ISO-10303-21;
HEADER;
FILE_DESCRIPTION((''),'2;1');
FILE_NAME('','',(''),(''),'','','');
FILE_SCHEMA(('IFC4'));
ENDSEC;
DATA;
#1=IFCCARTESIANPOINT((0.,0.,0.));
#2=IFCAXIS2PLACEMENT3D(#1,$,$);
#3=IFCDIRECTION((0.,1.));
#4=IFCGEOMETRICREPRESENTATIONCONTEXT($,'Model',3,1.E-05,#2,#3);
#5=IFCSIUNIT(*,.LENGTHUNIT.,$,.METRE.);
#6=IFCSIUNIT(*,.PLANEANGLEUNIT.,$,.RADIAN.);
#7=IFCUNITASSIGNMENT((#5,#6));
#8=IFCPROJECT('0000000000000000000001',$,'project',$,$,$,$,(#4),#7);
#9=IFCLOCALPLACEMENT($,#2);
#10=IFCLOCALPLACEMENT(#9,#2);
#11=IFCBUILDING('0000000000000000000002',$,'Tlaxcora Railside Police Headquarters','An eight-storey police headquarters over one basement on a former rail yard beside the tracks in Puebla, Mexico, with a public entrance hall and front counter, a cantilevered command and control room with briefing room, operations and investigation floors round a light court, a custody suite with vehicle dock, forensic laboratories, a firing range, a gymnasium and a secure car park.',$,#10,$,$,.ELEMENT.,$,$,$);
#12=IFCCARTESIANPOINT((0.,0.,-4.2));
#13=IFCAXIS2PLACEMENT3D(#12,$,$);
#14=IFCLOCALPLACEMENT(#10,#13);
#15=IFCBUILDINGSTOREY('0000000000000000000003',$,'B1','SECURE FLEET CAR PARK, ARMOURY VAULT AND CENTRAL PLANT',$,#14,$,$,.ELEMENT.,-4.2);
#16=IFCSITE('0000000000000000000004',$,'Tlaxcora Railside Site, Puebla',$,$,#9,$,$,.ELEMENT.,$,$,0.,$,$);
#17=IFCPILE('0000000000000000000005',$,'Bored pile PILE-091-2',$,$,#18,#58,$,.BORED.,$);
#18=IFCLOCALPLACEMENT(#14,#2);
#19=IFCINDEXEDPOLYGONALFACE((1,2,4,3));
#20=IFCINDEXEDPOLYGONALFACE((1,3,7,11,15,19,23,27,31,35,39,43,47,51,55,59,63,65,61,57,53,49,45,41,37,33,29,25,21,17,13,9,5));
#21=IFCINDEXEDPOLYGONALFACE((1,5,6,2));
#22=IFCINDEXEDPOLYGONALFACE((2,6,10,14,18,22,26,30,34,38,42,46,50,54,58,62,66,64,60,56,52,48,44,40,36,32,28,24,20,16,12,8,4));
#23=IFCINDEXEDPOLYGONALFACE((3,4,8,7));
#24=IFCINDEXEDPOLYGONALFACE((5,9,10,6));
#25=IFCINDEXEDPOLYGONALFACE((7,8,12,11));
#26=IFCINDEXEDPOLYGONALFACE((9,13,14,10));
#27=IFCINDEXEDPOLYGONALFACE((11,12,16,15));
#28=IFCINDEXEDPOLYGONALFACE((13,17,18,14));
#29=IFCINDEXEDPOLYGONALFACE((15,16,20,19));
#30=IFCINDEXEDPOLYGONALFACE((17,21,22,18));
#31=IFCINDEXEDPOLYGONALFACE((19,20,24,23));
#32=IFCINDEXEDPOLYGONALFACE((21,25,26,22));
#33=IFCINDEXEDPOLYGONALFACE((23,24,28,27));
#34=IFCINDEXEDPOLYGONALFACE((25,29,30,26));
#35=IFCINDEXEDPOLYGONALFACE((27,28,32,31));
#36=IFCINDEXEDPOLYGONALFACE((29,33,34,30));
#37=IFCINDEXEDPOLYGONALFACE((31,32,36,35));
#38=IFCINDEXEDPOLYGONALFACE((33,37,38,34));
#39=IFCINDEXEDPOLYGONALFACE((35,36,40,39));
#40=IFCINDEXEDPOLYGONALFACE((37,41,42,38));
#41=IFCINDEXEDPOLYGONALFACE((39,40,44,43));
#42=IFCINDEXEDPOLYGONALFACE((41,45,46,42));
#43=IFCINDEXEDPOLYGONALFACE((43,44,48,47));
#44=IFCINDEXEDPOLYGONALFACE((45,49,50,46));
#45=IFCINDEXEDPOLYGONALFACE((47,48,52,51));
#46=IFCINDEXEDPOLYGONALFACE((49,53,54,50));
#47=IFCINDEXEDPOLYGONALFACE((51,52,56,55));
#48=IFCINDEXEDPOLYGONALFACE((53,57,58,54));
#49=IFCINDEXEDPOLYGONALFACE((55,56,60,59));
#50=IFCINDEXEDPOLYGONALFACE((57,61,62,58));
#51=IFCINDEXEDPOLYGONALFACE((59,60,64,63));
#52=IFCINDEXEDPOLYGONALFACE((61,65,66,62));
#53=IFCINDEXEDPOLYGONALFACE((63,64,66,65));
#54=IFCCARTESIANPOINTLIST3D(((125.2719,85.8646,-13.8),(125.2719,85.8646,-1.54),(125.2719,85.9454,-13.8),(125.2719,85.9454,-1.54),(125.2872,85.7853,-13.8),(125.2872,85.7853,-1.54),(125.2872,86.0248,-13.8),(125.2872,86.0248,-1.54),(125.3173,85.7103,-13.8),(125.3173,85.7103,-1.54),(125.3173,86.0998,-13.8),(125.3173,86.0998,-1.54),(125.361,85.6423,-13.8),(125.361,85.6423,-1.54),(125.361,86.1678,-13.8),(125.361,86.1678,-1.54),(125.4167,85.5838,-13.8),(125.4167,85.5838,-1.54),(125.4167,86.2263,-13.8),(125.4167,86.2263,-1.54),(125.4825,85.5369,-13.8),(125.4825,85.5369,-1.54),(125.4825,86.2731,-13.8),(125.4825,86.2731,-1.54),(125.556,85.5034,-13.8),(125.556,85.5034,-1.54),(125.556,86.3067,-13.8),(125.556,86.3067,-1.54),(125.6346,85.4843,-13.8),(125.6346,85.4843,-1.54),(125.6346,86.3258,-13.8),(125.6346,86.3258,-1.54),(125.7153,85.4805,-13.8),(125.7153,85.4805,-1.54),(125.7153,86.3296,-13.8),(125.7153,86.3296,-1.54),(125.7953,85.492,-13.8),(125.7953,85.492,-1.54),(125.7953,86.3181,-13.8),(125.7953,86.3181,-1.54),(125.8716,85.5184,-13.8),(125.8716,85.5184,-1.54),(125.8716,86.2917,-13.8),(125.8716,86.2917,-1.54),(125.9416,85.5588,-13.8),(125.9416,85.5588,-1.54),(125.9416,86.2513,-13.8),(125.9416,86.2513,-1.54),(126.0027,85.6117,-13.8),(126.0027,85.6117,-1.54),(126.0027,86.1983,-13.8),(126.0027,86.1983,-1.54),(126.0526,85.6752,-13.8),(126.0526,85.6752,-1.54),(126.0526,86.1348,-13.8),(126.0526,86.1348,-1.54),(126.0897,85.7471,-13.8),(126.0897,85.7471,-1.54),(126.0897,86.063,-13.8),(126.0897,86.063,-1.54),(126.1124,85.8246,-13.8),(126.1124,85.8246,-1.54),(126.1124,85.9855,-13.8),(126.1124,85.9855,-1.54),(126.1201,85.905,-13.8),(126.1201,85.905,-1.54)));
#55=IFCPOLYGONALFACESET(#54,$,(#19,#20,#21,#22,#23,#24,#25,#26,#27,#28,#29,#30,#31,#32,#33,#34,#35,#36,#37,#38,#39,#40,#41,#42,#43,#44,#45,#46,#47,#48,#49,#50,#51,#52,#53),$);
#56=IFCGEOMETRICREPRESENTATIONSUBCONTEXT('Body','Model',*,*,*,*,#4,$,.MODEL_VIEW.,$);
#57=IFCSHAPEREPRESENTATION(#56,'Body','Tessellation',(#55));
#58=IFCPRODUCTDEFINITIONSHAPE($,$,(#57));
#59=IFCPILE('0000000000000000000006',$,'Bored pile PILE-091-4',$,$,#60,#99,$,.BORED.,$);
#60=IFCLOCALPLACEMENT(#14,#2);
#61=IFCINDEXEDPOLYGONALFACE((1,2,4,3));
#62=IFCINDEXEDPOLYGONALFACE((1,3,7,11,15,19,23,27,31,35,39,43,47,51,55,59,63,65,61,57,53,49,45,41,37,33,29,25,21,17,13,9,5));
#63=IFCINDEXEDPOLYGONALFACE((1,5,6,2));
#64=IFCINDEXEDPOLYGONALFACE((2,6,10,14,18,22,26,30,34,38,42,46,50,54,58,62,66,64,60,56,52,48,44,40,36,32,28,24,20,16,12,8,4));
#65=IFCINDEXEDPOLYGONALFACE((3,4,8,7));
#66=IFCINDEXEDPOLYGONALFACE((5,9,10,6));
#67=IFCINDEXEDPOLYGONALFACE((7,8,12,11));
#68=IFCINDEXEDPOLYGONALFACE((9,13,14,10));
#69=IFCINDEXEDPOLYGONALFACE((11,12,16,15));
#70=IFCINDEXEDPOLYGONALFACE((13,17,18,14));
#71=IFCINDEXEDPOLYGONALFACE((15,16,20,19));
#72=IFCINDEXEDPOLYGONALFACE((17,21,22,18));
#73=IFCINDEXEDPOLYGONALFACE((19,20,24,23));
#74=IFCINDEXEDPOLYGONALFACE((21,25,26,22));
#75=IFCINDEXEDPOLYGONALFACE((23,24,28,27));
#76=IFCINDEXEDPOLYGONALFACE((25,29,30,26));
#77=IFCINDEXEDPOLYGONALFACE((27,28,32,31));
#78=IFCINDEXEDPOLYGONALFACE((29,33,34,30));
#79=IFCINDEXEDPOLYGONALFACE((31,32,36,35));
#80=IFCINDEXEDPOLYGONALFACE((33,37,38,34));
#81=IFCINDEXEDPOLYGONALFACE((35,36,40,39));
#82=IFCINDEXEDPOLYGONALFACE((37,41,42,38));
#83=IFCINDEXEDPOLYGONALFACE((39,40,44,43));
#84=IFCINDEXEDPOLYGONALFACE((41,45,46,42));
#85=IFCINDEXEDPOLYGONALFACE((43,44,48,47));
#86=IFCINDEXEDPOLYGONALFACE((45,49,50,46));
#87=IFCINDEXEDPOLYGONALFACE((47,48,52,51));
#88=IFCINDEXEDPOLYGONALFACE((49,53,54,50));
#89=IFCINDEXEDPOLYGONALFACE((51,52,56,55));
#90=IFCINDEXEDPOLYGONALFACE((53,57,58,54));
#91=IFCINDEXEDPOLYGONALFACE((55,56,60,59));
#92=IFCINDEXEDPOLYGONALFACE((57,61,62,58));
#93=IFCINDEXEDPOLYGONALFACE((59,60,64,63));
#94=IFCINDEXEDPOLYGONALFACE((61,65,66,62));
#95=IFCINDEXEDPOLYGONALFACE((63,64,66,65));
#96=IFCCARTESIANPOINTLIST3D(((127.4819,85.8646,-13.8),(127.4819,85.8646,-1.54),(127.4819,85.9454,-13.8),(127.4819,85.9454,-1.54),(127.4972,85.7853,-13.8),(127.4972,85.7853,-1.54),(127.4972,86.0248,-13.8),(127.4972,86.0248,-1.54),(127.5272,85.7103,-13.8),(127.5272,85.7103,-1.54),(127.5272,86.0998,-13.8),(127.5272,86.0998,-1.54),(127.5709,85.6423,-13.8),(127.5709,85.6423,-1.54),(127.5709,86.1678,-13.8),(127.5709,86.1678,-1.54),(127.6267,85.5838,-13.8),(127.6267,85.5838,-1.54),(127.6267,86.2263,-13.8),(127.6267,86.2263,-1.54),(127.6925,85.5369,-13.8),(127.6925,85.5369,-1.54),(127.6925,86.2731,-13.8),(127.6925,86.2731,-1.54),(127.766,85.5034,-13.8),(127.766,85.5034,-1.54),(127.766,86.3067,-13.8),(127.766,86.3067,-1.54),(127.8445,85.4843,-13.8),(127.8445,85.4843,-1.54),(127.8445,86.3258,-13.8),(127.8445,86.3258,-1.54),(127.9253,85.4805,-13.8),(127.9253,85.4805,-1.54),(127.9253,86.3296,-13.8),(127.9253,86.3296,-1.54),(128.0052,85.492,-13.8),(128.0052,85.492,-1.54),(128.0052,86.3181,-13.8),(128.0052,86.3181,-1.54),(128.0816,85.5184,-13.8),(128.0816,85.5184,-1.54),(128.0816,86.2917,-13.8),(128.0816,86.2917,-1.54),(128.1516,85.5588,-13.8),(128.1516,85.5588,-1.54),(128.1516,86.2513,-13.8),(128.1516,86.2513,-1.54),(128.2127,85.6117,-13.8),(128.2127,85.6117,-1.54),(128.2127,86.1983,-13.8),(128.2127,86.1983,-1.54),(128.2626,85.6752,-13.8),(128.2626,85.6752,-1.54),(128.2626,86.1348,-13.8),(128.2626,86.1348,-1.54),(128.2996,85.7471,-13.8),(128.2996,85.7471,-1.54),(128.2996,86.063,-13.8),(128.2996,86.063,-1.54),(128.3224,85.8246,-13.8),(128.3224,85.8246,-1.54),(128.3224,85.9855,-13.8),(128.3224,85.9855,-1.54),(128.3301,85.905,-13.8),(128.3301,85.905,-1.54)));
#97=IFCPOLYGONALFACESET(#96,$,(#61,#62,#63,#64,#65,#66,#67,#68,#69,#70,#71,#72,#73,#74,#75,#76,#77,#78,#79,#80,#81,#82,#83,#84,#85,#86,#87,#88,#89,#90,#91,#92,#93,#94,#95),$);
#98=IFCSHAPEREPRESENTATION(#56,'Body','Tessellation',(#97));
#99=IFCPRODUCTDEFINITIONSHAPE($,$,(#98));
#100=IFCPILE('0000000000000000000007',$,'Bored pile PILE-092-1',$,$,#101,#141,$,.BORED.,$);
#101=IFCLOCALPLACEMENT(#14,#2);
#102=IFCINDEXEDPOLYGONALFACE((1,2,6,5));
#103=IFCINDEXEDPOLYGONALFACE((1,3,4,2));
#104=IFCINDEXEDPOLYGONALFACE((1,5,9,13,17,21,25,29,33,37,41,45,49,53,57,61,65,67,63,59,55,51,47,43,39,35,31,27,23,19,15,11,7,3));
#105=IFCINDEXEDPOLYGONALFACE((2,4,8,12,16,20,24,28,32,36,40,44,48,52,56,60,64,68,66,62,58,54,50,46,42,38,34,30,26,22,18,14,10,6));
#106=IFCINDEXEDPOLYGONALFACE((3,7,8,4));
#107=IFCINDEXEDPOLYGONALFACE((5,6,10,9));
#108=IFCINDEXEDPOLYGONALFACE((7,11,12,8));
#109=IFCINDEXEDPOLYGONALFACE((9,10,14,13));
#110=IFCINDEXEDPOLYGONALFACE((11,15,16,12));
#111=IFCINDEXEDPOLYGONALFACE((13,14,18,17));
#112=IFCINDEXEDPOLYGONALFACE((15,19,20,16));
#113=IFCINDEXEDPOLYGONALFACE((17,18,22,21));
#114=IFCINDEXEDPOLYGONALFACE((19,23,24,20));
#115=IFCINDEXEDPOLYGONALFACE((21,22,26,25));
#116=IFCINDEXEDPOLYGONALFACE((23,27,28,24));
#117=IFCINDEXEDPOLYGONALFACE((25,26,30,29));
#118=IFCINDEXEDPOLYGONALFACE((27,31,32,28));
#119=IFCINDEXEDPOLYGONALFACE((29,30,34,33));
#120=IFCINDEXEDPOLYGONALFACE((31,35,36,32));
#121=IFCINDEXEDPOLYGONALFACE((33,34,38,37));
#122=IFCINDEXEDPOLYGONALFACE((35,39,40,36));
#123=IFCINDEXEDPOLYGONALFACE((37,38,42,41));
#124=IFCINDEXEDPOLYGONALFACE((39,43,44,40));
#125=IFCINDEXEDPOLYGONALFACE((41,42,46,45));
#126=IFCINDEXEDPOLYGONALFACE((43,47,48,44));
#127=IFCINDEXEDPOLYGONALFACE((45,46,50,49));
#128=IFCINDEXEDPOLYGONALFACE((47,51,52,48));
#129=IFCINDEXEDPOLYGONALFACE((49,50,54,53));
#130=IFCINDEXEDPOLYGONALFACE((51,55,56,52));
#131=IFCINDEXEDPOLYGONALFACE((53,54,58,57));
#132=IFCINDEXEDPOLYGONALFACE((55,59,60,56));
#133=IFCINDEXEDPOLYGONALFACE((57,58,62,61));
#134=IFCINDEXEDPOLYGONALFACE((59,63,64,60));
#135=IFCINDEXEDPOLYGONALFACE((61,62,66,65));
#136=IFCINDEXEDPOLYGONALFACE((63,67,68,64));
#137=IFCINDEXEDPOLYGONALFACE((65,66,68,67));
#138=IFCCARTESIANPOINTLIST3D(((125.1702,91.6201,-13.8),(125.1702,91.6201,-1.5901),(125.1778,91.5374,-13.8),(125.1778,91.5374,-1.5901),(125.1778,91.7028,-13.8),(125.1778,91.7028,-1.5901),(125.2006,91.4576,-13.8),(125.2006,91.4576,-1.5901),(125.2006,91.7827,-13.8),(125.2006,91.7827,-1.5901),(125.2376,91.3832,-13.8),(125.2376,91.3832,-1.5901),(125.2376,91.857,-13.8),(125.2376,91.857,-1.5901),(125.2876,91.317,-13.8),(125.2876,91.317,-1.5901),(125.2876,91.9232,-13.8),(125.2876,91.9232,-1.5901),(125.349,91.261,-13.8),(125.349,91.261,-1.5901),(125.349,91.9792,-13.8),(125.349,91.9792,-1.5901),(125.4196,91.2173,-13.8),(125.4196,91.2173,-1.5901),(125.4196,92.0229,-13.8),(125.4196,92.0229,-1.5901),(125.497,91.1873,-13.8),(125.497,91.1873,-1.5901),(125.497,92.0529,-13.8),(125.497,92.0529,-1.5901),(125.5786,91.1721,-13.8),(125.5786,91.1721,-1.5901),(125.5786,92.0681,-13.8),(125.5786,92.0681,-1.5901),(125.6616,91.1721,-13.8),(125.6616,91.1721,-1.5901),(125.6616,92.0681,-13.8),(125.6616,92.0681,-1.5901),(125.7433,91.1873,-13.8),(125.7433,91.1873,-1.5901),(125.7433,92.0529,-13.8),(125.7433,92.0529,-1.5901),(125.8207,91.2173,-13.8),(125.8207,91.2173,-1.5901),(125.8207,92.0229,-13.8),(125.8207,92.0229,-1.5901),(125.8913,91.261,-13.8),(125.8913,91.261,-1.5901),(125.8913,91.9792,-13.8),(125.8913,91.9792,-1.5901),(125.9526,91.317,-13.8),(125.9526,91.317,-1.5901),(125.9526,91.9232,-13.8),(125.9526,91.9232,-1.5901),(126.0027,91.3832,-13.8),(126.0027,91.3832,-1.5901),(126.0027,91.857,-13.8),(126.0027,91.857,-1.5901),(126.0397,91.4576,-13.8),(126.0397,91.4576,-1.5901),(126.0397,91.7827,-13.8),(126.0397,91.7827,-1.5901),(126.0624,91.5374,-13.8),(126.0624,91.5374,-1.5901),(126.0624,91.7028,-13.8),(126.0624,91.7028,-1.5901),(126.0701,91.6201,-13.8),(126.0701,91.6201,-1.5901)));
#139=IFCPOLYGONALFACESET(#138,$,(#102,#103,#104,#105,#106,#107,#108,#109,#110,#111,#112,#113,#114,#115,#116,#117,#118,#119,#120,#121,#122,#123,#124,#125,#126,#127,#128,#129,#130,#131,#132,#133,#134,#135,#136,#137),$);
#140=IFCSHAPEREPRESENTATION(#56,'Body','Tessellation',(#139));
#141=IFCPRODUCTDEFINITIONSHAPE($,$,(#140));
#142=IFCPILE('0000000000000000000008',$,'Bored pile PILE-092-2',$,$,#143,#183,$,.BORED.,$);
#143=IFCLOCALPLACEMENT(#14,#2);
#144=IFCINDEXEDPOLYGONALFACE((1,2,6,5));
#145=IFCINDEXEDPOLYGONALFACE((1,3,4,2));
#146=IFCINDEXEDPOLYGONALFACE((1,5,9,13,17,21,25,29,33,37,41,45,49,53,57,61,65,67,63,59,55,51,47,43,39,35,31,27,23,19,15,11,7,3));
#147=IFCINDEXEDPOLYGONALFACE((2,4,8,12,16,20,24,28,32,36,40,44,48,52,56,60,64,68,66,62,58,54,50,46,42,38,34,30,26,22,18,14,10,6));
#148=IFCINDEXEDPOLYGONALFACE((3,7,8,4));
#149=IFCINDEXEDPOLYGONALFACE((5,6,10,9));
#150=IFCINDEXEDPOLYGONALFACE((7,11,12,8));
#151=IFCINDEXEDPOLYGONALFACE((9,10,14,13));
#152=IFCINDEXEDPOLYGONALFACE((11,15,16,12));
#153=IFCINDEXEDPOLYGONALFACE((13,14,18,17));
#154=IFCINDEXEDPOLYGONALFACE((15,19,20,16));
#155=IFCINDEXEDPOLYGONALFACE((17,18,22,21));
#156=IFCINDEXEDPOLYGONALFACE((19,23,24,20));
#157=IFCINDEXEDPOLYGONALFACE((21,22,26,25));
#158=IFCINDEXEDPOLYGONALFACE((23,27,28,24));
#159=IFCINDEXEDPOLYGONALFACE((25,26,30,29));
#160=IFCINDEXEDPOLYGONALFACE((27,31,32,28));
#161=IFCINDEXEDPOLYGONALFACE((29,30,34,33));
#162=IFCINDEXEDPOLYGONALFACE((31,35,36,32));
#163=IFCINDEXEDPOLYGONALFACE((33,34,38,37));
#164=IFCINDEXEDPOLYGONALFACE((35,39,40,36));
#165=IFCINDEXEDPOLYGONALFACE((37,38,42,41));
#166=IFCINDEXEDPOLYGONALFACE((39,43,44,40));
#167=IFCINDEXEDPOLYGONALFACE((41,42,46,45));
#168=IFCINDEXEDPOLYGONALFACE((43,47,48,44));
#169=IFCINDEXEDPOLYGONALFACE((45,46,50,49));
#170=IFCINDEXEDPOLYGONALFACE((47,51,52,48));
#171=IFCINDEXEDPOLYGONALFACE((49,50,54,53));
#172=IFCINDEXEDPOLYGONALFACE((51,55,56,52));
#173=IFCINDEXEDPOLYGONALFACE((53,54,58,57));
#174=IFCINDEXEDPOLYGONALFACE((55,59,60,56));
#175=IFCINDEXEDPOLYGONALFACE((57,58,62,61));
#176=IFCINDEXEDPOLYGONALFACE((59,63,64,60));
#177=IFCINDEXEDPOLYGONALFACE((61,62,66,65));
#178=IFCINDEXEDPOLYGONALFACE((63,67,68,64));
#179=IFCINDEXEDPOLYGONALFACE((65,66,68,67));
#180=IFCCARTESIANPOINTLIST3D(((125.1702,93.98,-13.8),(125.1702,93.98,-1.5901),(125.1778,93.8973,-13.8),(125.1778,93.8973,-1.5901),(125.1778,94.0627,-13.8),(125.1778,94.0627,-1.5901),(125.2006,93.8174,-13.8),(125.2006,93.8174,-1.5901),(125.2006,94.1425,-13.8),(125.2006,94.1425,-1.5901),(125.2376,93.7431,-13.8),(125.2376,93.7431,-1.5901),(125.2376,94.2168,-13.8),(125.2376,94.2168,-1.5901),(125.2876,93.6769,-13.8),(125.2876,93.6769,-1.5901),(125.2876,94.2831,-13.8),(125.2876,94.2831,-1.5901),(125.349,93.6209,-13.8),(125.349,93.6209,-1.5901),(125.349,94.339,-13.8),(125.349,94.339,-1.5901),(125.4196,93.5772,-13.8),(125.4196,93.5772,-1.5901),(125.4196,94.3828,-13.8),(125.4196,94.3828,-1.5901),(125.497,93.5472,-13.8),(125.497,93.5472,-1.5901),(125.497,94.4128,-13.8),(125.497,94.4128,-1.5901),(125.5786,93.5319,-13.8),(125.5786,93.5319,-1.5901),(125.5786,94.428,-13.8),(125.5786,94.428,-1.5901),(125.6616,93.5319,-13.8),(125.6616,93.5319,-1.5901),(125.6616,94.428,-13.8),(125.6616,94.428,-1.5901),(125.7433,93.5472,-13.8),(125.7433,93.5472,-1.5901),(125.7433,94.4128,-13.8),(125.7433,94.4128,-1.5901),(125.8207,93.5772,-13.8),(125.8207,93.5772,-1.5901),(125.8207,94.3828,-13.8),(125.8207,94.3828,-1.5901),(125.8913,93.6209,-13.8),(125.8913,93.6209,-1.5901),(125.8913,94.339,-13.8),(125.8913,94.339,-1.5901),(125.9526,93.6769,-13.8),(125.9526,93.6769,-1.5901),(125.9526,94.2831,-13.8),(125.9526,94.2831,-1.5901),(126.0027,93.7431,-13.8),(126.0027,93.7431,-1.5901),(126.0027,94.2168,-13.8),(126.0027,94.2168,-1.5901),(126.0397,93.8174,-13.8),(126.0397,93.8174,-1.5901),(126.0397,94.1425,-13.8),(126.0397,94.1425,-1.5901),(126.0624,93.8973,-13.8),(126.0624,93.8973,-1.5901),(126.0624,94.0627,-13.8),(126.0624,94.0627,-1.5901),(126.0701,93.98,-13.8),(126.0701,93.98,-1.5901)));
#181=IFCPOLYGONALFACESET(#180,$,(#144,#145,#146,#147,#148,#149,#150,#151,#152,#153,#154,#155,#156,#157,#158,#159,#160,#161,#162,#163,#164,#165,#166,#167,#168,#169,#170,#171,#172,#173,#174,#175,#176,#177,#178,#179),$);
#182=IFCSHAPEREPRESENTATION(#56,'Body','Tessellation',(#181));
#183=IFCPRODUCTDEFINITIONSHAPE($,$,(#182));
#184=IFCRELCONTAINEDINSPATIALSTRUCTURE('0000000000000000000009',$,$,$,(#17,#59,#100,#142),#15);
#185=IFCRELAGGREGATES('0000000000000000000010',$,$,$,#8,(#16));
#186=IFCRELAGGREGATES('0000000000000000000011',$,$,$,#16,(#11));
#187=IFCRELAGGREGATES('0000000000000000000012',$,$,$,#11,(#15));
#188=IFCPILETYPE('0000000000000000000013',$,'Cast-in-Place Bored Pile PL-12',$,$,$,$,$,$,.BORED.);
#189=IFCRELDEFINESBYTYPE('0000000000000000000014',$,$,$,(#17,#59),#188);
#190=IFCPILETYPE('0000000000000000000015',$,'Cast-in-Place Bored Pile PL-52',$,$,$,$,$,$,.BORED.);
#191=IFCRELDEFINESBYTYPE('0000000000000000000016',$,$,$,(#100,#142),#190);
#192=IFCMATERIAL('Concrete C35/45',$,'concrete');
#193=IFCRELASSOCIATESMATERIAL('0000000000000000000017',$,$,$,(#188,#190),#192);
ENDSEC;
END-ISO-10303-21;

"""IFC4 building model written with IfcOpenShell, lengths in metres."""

from ifc_helpers import new_model, si_unit, direction, frame, origin, origin_2d, place, context, subcontext, project, spatial, circle, extrude, material, material_profile, profile_set, type_object, element, save


model = new_model("IFC4")

# Units and contexts
model_context = context("Model", 3, precision=1e-05, world=origin(), true_north=direction((0.0, 1.0)))
body_context = subcontext(model_context, "Body", "Model", "MODEL_VIEW")
ifc_project = project(units=[si_unit("LENGTHUNIT", "METRE"), si_unit("PLANEANGLEUNIT", "RADIAN")], contexts=[model_context])

# Site, building, storey
site_placement = place(None, origin())
site = spatial("IfcSite", under=ifc_project, at=site_placement, Name="Tlaxcora Railside Site, Puebla", CompositionType="ELEMENT", RefElevation=0.0)
building_placement = place(site_placement, origin())
building = spatial("IfcBuilding", under=site, at=building_placement, Name="Tlaxcora Railside Police Headquarters", Description="An eight-storey police headquarters over one basement on a former rail yard beside the tracks in Puebla, Mexico, with a public entrance hall and front counter, a cantilevered command and control room with briefing room, operations and investigation floors round a light court, a custody suite with vehicle dock, forensic laboratories, a firing range, a gymnasium and a secure car park.", CompositionType="ELEMENT")
storey_placement = place(building_placement, frame((0.0, 0.0, -4.2)))
storey = spatial("IfcBuildingStorey", under=building, at=storey_placement, Name="B1", Description="SECURE FLEET CAR PARK, ARMOURY VAULT AND CENTRAL PLANT", CompositionType="ELEMENT", Elevation=-4.2)

# Piles
ifc_material_1 = material(Name="Concrete C35/45", Category="concrete")
ifc_material_profile_1 = material_profile(ifc_material_1, circle(Radius=0.425, at=origin_2d()), Name="PILE850")
ifc_profile_set_1 = profile_set([ifc_material_profile_1], Name="Concrete C35/45")
pile_type_1 = type_object("IfcPileType", Name="Cast-in-Place Bored Pile PL-12", PredefinedType="BORED", material=ifc_profile_set_1)
for number, where, z_axis, x_axis, name in (
    (1, (125.6951, 85.905, -1.54), (0.0, 0.0, -1.0), (1.0, 0.0, 0.0), "Bored pile PILE-091-2"),
    (2, (127.905, 85.905, -1.54), (0.0, 0.0, -1.0), (1.0, 0.0, 0.0), "Bored pile PILE-091-4"),
):
    element("IfcPile", number, at=place(storey_placement, frame(where, z_axis=z_axis, x_axis=x_axis)), inside=storey, type_object=pile_type_1, Name=name, PredefinedType="BORED", context=body_context, shape_type="SweptSolid", body=[
        extrude(circle(Radius=0.425, at=origin_2d()), origin(), (0.0, 0.0, 1.0), 12.26),
    ])
ifc_material_profile_2 = material_profile(ifc_material_1, circle(Radius=0.45, at=origin_2d()), Name="PILE900")
ifc_profile_set_2 = profile_set([ifc_material_profile_2], Name="Concrete C35/45")
pile_type_2 = type_object("IfcPileType", Name="Cast-in-Place Bored Pile PL-52", PredefinedType="BORED", material=ifc_profile_set_2)
for number, where, z_axis, x_axis, name in (
    (3, (125.6201, 91.6201, -1.5901), (0.0, 0.0, -1.0), (1.0, 0.0, 0.0), "Bored pile PILE-092-1"),
    (4, (125.6201, 93.98, -1.5901), (0.0, 0.0, -1.0), (1.0, 0.0, 0.0), "Bored pile PILE-092-2"),
):
    element("IfcPile", number, at=place(storey_placement, frame(where, z_axis=z_axis, x_axis=x_axis)), inside=storey, type_object=pile_type_2, Name=name, PredefinedType="BORED", context=body_context, shape_type="SweptSolid", body=[
        extrude(circle(Radius=0.45, at=origin_2d()), origin(), (0.0, 0.0, 1.0), 12.21),
    ])

save(model, "model.ifc")
